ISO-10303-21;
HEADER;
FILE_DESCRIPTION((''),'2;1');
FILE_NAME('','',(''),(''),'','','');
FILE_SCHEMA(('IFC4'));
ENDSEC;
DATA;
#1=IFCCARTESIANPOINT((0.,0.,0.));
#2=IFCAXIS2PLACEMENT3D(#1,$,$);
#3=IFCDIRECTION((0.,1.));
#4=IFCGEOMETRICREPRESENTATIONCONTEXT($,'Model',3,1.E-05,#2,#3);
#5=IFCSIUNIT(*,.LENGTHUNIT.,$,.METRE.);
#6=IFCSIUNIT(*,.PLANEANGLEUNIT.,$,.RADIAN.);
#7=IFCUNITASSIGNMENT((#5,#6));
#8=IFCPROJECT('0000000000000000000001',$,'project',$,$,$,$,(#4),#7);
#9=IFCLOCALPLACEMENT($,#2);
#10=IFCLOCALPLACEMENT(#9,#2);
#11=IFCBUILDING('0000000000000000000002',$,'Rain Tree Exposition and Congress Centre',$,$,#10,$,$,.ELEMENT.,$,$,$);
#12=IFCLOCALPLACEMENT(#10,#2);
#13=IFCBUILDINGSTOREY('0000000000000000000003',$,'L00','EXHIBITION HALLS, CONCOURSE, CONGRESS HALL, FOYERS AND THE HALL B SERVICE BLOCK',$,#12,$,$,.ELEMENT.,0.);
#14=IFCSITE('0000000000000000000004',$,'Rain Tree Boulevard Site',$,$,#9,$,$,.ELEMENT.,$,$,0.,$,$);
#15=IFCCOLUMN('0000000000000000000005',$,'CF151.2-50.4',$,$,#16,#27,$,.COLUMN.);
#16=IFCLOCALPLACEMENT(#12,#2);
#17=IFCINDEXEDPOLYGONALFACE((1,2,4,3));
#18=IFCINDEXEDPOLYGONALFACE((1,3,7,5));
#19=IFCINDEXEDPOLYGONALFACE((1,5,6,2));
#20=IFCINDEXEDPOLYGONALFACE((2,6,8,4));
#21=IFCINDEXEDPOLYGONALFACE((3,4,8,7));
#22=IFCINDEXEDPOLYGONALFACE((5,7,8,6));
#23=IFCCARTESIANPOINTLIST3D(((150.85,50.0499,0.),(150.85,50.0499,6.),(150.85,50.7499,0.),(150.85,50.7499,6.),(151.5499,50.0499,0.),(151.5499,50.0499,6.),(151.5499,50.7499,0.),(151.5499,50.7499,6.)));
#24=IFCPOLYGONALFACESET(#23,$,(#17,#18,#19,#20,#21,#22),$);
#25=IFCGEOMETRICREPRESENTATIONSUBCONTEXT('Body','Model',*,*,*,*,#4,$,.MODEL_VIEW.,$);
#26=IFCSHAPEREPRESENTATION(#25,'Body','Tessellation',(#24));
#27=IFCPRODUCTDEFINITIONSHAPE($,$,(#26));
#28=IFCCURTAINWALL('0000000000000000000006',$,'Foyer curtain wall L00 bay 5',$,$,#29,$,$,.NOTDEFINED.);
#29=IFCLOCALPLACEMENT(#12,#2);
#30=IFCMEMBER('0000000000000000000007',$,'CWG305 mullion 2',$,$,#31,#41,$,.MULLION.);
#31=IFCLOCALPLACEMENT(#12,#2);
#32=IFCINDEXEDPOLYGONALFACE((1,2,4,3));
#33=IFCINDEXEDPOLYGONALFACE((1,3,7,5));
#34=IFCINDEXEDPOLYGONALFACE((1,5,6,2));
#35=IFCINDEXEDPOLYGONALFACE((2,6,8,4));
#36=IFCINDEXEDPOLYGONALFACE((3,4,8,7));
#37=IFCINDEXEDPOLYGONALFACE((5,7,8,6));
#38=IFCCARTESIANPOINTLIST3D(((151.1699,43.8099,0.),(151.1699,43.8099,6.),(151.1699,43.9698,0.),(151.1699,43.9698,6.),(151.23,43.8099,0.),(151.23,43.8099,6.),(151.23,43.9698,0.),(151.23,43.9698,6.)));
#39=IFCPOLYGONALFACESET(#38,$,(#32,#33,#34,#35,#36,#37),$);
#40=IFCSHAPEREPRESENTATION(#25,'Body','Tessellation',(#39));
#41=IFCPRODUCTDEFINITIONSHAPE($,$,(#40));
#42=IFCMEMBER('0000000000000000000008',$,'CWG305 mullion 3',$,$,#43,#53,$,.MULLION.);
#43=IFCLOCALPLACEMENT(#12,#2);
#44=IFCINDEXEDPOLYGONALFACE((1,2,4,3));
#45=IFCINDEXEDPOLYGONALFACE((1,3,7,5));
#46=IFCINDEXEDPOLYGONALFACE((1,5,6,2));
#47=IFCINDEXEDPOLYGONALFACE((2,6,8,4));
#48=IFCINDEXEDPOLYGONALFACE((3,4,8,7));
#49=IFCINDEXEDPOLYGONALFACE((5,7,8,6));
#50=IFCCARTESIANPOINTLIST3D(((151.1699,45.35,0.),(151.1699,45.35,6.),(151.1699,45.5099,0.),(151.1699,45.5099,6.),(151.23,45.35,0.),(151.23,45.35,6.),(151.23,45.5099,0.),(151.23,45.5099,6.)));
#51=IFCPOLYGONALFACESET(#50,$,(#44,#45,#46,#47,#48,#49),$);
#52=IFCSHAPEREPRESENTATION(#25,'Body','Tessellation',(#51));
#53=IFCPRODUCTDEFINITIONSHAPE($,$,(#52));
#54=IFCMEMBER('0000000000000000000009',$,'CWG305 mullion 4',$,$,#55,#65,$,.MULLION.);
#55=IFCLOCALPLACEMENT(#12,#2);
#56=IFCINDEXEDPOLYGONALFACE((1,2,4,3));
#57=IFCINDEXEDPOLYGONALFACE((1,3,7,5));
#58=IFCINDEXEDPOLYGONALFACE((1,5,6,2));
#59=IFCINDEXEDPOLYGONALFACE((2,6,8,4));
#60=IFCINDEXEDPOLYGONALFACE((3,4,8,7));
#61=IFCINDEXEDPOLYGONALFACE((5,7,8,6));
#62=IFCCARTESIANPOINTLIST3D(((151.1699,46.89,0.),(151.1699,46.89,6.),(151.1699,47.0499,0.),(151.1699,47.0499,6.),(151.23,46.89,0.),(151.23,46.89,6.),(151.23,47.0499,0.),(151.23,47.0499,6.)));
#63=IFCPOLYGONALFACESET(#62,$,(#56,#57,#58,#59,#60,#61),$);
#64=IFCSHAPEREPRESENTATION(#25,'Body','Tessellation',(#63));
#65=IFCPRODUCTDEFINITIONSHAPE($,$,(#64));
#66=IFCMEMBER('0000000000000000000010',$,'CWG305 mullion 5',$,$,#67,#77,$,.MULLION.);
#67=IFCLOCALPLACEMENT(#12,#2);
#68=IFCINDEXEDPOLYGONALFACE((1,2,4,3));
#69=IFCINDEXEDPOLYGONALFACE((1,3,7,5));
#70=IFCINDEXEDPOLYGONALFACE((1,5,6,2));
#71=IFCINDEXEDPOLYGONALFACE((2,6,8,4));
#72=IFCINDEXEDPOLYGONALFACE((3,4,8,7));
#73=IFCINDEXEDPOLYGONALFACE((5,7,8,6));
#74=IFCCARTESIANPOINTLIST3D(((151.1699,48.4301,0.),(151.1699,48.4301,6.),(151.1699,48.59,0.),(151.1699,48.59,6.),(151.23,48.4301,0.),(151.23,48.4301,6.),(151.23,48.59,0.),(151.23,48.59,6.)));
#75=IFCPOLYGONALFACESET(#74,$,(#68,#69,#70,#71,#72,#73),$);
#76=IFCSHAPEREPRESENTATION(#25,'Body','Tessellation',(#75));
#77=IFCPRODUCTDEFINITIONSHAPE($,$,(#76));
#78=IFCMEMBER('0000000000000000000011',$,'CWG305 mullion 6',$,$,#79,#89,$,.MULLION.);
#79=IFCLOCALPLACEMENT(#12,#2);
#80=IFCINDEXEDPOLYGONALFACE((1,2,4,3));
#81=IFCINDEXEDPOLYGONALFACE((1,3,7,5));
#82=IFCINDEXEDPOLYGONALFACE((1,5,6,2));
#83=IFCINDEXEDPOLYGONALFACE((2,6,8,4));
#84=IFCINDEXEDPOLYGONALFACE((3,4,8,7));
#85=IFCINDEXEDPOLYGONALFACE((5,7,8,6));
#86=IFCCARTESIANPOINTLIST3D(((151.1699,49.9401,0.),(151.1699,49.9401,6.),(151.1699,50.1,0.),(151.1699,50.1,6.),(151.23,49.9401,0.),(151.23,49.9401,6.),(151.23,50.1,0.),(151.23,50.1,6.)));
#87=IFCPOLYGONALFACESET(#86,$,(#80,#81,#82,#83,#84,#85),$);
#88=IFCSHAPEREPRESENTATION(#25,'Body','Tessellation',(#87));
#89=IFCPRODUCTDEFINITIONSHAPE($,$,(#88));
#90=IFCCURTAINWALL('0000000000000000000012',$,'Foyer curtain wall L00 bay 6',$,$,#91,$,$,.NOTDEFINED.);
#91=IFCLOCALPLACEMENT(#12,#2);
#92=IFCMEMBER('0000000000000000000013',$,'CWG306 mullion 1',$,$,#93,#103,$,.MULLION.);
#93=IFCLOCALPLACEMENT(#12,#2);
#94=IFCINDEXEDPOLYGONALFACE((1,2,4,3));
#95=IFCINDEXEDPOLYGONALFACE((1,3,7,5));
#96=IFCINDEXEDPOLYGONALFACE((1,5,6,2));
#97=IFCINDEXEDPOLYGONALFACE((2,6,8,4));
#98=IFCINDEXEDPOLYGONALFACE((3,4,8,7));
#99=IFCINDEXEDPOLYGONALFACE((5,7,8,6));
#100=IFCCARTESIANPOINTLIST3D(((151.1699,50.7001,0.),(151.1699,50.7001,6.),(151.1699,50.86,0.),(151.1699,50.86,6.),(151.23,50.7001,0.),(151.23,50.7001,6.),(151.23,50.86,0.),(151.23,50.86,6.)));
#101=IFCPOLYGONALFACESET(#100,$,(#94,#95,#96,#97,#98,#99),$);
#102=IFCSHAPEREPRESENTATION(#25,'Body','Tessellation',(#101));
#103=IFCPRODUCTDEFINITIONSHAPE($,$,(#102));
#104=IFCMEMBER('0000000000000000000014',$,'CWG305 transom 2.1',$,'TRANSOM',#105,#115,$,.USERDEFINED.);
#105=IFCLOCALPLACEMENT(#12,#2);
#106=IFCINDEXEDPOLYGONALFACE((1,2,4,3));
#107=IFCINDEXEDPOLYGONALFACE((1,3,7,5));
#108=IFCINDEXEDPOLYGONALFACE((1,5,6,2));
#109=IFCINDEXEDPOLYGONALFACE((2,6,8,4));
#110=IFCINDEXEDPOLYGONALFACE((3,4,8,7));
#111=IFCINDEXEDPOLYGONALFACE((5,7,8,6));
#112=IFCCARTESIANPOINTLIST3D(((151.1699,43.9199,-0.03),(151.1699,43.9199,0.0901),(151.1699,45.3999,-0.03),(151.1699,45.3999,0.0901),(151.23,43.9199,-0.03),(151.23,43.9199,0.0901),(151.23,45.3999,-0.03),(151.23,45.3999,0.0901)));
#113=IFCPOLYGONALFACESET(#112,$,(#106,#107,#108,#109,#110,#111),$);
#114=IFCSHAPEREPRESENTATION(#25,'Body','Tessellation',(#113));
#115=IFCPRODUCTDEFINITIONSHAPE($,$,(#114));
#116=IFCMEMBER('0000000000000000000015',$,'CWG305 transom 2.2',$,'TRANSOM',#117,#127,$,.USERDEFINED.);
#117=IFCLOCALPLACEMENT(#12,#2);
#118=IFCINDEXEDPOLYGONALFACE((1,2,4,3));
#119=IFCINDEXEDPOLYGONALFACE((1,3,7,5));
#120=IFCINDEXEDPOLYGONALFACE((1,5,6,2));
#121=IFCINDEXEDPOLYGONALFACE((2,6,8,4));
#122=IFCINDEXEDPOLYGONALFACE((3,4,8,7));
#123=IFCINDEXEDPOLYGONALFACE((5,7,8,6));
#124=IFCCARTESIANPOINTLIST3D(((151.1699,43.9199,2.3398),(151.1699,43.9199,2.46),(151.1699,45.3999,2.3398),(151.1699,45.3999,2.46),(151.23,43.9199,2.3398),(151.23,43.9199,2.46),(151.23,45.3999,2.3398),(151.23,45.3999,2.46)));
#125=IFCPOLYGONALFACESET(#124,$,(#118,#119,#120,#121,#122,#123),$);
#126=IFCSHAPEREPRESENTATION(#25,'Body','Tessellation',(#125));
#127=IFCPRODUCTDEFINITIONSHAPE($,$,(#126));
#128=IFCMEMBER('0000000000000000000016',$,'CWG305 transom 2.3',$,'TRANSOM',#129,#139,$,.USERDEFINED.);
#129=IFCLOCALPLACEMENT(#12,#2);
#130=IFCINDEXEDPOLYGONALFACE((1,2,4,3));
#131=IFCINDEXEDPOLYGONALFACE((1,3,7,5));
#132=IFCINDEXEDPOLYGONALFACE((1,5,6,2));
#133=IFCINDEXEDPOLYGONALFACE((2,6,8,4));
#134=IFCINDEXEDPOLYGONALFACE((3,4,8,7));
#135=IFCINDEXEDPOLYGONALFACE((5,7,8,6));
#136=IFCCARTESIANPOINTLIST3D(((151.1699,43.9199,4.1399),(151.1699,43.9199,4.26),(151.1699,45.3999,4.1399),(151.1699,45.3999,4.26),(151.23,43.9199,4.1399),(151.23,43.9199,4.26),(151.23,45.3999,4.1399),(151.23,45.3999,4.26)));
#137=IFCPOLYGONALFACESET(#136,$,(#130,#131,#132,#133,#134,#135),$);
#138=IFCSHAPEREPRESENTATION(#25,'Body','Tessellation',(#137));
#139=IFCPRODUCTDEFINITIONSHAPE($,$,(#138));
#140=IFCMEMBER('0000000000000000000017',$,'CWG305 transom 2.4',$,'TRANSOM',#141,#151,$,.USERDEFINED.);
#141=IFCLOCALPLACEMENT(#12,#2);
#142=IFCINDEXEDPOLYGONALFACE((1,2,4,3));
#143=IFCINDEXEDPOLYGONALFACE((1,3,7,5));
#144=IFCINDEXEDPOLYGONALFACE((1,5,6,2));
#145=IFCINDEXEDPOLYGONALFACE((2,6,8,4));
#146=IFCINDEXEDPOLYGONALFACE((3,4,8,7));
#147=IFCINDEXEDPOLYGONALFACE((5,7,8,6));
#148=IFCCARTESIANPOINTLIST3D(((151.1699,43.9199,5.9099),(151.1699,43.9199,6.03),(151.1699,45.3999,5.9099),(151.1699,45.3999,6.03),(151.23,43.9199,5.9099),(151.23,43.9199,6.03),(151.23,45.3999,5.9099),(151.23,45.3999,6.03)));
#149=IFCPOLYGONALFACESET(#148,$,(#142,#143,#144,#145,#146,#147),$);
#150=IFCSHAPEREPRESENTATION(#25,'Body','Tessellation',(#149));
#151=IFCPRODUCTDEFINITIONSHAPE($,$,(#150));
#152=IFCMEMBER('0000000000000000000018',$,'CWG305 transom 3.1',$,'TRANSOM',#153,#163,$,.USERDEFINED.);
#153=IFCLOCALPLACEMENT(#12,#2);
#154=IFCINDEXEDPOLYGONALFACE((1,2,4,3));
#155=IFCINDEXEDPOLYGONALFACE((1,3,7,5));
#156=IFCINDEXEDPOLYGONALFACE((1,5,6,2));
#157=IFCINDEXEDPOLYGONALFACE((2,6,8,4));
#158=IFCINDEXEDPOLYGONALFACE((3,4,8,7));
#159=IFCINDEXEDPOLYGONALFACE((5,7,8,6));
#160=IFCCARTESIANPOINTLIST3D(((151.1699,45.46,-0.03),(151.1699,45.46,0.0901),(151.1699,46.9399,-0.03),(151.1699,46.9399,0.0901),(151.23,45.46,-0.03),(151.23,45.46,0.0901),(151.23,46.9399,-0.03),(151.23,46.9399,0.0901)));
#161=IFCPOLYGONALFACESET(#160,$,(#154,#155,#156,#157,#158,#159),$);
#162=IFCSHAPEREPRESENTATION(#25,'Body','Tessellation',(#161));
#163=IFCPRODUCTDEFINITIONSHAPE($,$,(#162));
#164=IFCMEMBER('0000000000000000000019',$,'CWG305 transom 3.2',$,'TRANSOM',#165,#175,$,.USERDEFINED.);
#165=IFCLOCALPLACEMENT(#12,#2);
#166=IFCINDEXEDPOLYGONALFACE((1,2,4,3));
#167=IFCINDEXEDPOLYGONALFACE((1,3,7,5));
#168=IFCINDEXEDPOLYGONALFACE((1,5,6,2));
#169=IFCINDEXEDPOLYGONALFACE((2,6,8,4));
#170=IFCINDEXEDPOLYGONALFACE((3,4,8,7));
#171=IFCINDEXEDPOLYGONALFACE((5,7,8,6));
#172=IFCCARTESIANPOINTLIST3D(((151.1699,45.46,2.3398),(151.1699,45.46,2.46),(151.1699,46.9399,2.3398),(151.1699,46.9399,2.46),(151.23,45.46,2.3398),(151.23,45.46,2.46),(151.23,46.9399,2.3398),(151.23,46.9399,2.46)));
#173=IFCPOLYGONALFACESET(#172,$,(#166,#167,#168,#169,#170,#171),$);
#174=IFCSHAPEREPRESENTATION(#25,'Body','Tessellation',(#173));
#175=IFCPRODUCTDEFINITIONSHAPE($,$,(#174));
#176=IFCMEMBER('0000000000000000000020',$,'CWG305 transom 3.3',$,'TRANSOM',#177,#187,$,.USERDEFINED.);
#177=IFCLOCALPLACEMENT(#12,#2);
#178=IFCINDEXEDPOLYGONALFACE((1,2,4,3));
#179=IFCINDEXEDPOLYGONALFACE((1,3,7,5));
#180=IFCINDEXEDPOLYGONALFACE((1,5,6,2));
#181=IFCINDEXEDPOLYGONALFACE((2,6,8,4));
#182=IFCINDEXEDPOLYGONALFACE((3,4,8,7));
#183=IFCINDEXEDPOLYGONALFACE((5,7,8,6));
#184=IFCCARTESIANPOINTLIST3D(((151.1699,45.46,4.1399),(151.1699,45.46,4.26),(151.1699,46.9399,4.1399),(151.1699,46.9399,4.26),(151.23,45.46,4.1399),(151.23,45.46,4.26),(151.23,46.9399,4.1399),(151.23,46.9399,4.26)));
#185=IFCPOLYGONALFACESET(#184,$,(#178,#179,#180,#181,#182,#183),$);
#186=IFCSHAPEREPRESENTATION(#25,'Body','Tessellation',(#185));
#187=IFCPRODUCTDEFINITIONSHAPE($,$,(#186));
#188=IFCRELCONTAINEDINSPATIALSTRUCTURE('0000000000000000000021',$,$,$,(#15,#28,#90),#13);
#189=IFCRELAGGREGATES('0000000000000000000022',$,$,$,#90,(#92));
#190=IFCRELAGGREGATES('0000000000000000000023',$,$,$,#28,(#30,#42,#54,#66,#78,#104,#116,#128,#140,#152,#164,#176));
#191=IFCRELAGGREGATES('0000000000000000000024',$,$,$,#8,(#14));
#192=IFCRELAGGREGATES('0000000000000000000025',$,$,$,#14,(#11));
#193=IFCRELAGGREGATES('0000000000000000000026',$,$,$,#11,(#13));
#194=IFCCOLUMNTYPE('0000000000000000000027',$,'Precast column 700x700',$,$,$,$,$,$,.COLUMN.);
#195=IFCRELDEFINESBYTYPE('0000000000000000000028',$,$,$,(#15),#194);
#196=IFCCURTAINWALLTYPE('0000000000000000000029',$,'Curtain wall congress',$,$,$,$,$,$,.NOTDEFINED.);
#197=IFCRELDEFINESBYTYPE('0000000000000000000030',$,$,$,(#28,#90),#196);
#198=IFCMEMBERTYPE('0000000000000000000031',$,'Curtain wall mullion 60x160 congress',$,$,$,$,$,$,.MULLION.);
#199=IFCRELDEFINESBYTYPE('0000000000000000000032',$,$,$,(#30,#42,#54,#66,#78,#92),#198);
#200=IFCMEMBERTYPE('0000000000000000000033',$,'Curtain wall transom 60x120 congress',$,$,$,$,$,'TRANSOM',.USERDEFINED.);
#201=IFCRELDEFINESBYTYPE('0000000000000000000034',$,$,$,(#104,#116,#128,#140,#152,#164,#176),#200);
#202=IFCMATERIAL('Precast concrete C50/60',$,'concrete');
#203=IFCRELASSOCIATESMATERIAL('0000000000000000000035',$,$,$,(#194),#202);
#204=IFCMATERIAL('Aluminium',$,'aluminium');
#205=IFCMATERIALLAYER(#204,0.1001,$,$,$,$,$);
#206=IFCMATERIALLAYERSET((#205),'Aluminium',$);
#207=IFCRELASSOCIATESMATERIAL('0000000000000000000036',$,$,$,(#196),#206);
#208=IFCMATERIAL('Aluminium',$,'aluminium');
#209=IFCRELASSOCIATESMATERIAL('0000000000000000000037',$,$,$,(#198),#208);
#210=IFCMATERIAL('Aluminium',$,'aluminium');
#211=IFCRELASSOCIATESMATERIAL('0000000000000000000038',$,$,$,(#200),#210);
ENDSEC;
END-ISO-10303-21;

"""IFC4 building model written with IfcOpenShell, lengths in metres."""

from ifc_helpers import new_model, si_unit, direction, frame, origin, origin_2d, place, context, subcontext, project, spatial, rectangle, extrude, material, layer, layer_set, material_profile, profile_set, type_object, element, aggregate, save


model = new_model("IFC4")

# Units and contexts
model_context = context("Model", 3, precision=1e-05, world=origin(), true_north=direction((0.0, 1.0)))
body_context = subcontext(model_context, "Body", "Model", "MODEL_VIEW")
ifc_project = project(units=[si_unit("LENGTHUNIT", "METRE"), si_unit("PLANEANGLEUNIT", "RADIAN")], contexts=[model_context])

# Site, building, storey
site_placement = place(None, origin())
site = spatial("IfcSite", under=ifc_project, at=site_placement, Name="Rain Tree Boulevard Site", CompositionType="ELEMENT", RefElevation=0.0)
building_placement = place(site_placement, origin())
building = spatial("IfcBuilding", under=site, at=building_placement, Name="Rain Tree Exposition and Congress Centre", CompositionType="ELEMENT")
storey_placement = place(building_placement, origin())
storey = spatial("IfcBuildingStorey", under=building, at=storey_placement, Name="L00", Description="EXHIBITION HALLS, CONCOURSE, CONGRESS HALL, FOYERS AND THE HALL B SERVICE BLOCK", CompositionType="ELEMENT", Elevation=0.0)

# Column
ifc_material_1 = material(Name="Precast concrete C50/60", Category="concrete")
ifc_material_profile_1 = material_profile(ifc_material_1, rectangle(XDim=0.7, YDim=0.7, at=origin_2d()), Name="RC 700x700")
ifc_profile_set_1 = profile_set([ifc_material_profile_1], Name="Precast concrete C50/60")
column_type = type_object("IfcColumnType", Name="Precast column 700x700", PredefinedType="COLUMN", material=ifc_profile_set_1)
column_placement = place(storey_placement, frame((151.2, 50.3999, 0.0), z_axis=(0.0, 0.0, 1.0), x_axis=(1.0, 0.0, 0.0)))
element("IfcColumn", 1, at=column_placement, inside=storey, type_object=column_type, Name="CF151.2-50.4", PredefinedType="COLUMN", context=body_context, shape_type="SweptSolid", body=[
    extrude(rectangle(XDim=0.7, YDim=0.7, at=origin_2d()), origin(), (0.0, 0.0, 1.0), 6.0),
])

# Curtain wall, members
ifc_material_2 = material(Name="Aluminium", Category="aluminium")
ifc_layer_1 = layer(ifc_material_2, 0.1001)
ifc_layer_set_1 = layer_set([ifc_layer_1], Name="Aluminium")
curtain_wall_type = type_object("IfcCurtainWallType", Name="Curtain wall congress", PredefinedType="NOTDEFINED", material=ifc_layer_set_1)
curtain_wall_1_placement = place(storey_placement, origin())
curtain_wall_1 = element("IfcCurtainWall", 2, at=curtain_wall_1_placement, inside=storey, type_object=curtain_wall_type, Name="Foyer curtain wall L00 bay 5", PredefinedType="NOTDEFINED")
ifc_material_3 = material(Name="Aluminium", Category="aluminium")
ifc_material_profile_2 = material_profile(ifc_material_3, rectangle(XDim=0.0601, YDim=0.1599, at=origin_2d()), Name="AL 60x160")
ifc_profile_set_2 = profile_set([ifc_material_profile_2], Name="Aluminium")
member_type_1 = type_object("IfcMemberType", Name="Curtain wall mullion 60x160 congress", PredefinedType="MULLION", material=ifc_profile_set_2)
member_1_placement = place(storey_placement, frame((151.2, 43.8899, 0.0), z_axis=(0.0, 0.0, 1.0), x_axis=(-1.0, 0.0, 0.0)))
member_1 = element("IfcMember", 3, at=member_1_placement, type_object=member_type_1, Name="CWG305 mullion 2", PredefinedType="MULLION", context=body_context, shape_type="SweptSolid", body=[
    extrude(rectangle(XDim=0.0601, YDim=0.1599, at=origin_2d()), origin(), (0.0, 0.0, 1.0), 6.0),
])
member_2_placement = place(storey_placement, frame((151.2, 45.4299, 0.0), z_axis=(0.0, 0.0, 1.0), x_axis=(-1.0, 0.0, 0.0)))
member_2 = element("IfcMember", 4, at=member_2_placement, type_object=member_type_1, Name="CWG305 mullion 3", PredefinedType="MULLION", context=body_context, shape_type="SweptSolid", body=[
    extrude(rectangle(XDim=0.0601, YDim=0.1599, at=origin_2d()), origin(), (0.0, 0.0, 1.0), 6.0),
])
member_3_placement = place(storey_placement, frame((151.2, 46.97, 0.0), z_axis=(0.0, 0.0, 1.0), x_axis=(-1.0, 0.0, 0.0)))
member_3 = element("IfcMember", 5, at=member_3_placement, type_object=member_type_1, Name="CWG305 mullion 4", PredefinedType="MULLION", context=body_context, shape_type="SweptSolid", body=[
    extrude(rectangle(XDim=0.0601, YDim=0.1599, at=origin_2d()), origin(), (0.0, 0.0, 1.0), 6.0),
])
member_4_placement = place(storey_placement, frame((151.2, 48.51, 0.0), z_axis=(0.0, 0.0, 1.0), x_axis=(-1.0, 0.0, 0.0)))
member_4 = element("IfcMember", 6, at=member_4_placement, type_object=member_type_1, Name="CWG305 mullion 5", PredefinedType="MULLION", context=body_context, shape_type="SweptSolid", body=[
    extrude(rectangle(XDim=0.0601, YDim=0.1599, at=origin_2d()), origin(), (0.0, 0.0, 1.0), 6.0),
])
member_5_placement = place(storey_placement, frame((151.2, 50.02, 0.0), z_axis=(0.0, 0.0, 1.0), x_axis=(-1.0, 0.0, 0.0)))
member_5 = element("IfcMember", 7, at=member_5_placement, type_object=member_type_1, Name="CWG305 mullion 6", PredefinedType="MULLION", context=body_context, shape_type="SweptSolid", body=[
    extrude(rectangle(XDim=0.0601, YDim=0.1599, at=origin_2d()), origin(), (0.0, 0.0, 1.0), 6.0),
])

# Curtain wall, member
curtain_wall_2_placement = place(storey_placement, origin())
curtain_wall_2 = element("IfcCurtainWall", 8, at=curtain_wall_2_placement, inside=storey, type_object=curtain_wall_type, Name="Foyer curtain wall L00 bay 6", PredefinedType="NOTDEFINED")
member_6_placement = place(storey_placement, frame((151.2, 50.78, 0.0), z_axis=(0.0, 0.0, 1.0), x_axis=(-1.0, 0.0, 0.0)))
member_6 = element("IfcMember", 9, at=member_6_placement, type_object=member_type_1, Name="CWG306 mullion 1", PredefinedType="MULLION", context=body_context, shape_type="SweptSolid", body=[
    extrude(rectangle(XDim=0.0601, YDim=0.1599, at=origin_2d()), origin(), (0.0, 0.0, 1.0), 6.0),
])

# Members
ifc_material_4 = material(Name="Aluminium", Category="aluminium")
ifc_material_profile_3 = material_profile(ifc_material_4, rectangle(XDim=0.0601, YDim=0.1201, at=origin_2d()), Name="AL 60x120")
ifc_profile_set_3 = profile_set([ifc_material_profile_3], Name="Aluminium")
member_type_2 = type_object("IfcMemberType", Name="Curtain wall transom 60x120 congress", ElementType="TRANSOM", PredefinedType="USERDEFINED", material=ifc_profile_set_3)
member_7_placement = place(storey_placement, frame((151.2, 43.9199, 0.03), z_axis=(0.0, 1.0, 0.0), x_axis=(-1.0, 0.0, 0.0)))
member_7 = element("IfcMember", 10, at=member_7_placement, type_object=member_type_2, Name="CWG305 transom 2.1", ObjectType="TRANSOM", PredefinedType="USERDEFINED", context=body_context, shape_type="SweptSolid", body=[
    extrude(rectangle(XDim=0.0601, YDim=0.1201, at=origin_2d()), origin(), (0.0, 0.0, 1.0), 1.48),
])
member_8_placement = place(storey_placement, frame((151.2, 43.9199, 2.3999), z_axis=(0.0, 1.0, 0.0), x_axis=(-1.0, 0.0, 0.0)))
member_8 = element("IfcMember", 11, at=member_8_placement, type_object=member_type_2, Name="CWG305 transom 2.2", ObjectType="TRANSOM", PredefinedType="USERDEFINED", context=body_context, shape_type="SweptSolid", body=[
    extrude(rectangle(XDim=0.0601, YDim=0.1201, at=origin_2d()), origin(), (0.0, 0.0, 1.0), 1.48),
])
member_9_placement = place(storey_placement, frame((151.2, 43.9199, 4.2), z_axis=(0.0, 1.0, 0.0), x_axis=(-1.0, 0.0, 0.0)))
member_9 = element("IfcMember", 12, at=member_9_placement, type_object=member_type_2, Name="CWG305 transom 2.3", ObjectType="TRANSOM", PredefinedType="USERDEFINED", context=body_context, shape_type="SweptSolid", body=[
    extrude(rectangle(XDim=0.0601, YDim=0.1201, at=origin_2d()), origin(), (0.0, 0.0, 1.0), 1.48),
])
member_10_placement = place(storey_placement, frame((151.2, 43.9199, 5.97), z_axis=(0.0, 1.0, 0.0), x_axis=(-1.0, 0.0, 0.0)))
member_10 = element("IfcMember", 13, at=member_10_placement, type_object=member_type_2, Name="CWG305 transom 2.4", ObjectType="TRANSOM", PredefinedType="USERDEFINED", context=body_context, shape_type="SweptSolid", body=[
    extrude(rectangle(XDim=0.0601, YDim=0.1201, at=origin_2d()), origin(), (0.0, 0.0, 1.0), 1.48),
])
member_11_placement = place(storey_placement, frame((151.2, 45.46, 0.03), z_axis=(0.0, 1.0, 0.0), x_axis=(-1.0, 0.0, 0.0)))
member_11 = element("IfcMember", 14, at=member_11_placement, type_object=member_type_2, Name="CWG305 transom 3.1", ObjectType="TRANSOM", PredefinedType="USERDEFINED", context=body_context, shape_type="SweptSolid", body=[
    extrude(rectangle(XDim=0.0601, YDim=0.1201, at=origin_2d()), origin(), (0.0, 0.0, 1.0), 1.48),
])
member_12_placement = place(storey_placement, frame((151.2, 45.46, 2.3999), z_axis=(0.0, 1.0, 0.0), x_axis=(-1.0, 0.0, 0.0)))
member_12 = element("IfcMember", 15, at=member_12_placement, type_object=member_type_2, Name="CWG305 transom 3.2", ObjectType="TRANSOM", PredefinedType="USERDEFINED", context=body_context, shape_type="SweptSolid", body=[
    extrude(rectangle(XDim=0.0601, YDim=0.1201, at=origin_2d()), origin(), (0.0, 0.0, 1.0), 1.48),
])
member_13_placement = place(storey_placement, frame((151.2, 45.46, 4.2), z_axis=(0.0, 1.0, 0.0), x_axis=(-1.0, 0.0, 0.0)))
member_13 = element("IfcMember", 16, at=member_13_placement, type_object=member_type_2, Name="CWG305 transom 3.3", ObjectType="TRANSOM", PredefinedType="USERDEFINED", context=body_context, shape_type="SweptSolid", body=[
    extrude(rectangle(XDim=0.0601, YDim=0.1201, at=origin_2d()), origin(), (0.0, 0.0, 1.0), 1.48),
])
aggregate(curtain_wall_2, [member_6])

aggregate(curtain_wall_1, [member_1, member_2, member_3, member_4, member_5, member_7, member_8, member_9, member_10, member_11, member_12, member_13])

save(model, "model.ifc")
